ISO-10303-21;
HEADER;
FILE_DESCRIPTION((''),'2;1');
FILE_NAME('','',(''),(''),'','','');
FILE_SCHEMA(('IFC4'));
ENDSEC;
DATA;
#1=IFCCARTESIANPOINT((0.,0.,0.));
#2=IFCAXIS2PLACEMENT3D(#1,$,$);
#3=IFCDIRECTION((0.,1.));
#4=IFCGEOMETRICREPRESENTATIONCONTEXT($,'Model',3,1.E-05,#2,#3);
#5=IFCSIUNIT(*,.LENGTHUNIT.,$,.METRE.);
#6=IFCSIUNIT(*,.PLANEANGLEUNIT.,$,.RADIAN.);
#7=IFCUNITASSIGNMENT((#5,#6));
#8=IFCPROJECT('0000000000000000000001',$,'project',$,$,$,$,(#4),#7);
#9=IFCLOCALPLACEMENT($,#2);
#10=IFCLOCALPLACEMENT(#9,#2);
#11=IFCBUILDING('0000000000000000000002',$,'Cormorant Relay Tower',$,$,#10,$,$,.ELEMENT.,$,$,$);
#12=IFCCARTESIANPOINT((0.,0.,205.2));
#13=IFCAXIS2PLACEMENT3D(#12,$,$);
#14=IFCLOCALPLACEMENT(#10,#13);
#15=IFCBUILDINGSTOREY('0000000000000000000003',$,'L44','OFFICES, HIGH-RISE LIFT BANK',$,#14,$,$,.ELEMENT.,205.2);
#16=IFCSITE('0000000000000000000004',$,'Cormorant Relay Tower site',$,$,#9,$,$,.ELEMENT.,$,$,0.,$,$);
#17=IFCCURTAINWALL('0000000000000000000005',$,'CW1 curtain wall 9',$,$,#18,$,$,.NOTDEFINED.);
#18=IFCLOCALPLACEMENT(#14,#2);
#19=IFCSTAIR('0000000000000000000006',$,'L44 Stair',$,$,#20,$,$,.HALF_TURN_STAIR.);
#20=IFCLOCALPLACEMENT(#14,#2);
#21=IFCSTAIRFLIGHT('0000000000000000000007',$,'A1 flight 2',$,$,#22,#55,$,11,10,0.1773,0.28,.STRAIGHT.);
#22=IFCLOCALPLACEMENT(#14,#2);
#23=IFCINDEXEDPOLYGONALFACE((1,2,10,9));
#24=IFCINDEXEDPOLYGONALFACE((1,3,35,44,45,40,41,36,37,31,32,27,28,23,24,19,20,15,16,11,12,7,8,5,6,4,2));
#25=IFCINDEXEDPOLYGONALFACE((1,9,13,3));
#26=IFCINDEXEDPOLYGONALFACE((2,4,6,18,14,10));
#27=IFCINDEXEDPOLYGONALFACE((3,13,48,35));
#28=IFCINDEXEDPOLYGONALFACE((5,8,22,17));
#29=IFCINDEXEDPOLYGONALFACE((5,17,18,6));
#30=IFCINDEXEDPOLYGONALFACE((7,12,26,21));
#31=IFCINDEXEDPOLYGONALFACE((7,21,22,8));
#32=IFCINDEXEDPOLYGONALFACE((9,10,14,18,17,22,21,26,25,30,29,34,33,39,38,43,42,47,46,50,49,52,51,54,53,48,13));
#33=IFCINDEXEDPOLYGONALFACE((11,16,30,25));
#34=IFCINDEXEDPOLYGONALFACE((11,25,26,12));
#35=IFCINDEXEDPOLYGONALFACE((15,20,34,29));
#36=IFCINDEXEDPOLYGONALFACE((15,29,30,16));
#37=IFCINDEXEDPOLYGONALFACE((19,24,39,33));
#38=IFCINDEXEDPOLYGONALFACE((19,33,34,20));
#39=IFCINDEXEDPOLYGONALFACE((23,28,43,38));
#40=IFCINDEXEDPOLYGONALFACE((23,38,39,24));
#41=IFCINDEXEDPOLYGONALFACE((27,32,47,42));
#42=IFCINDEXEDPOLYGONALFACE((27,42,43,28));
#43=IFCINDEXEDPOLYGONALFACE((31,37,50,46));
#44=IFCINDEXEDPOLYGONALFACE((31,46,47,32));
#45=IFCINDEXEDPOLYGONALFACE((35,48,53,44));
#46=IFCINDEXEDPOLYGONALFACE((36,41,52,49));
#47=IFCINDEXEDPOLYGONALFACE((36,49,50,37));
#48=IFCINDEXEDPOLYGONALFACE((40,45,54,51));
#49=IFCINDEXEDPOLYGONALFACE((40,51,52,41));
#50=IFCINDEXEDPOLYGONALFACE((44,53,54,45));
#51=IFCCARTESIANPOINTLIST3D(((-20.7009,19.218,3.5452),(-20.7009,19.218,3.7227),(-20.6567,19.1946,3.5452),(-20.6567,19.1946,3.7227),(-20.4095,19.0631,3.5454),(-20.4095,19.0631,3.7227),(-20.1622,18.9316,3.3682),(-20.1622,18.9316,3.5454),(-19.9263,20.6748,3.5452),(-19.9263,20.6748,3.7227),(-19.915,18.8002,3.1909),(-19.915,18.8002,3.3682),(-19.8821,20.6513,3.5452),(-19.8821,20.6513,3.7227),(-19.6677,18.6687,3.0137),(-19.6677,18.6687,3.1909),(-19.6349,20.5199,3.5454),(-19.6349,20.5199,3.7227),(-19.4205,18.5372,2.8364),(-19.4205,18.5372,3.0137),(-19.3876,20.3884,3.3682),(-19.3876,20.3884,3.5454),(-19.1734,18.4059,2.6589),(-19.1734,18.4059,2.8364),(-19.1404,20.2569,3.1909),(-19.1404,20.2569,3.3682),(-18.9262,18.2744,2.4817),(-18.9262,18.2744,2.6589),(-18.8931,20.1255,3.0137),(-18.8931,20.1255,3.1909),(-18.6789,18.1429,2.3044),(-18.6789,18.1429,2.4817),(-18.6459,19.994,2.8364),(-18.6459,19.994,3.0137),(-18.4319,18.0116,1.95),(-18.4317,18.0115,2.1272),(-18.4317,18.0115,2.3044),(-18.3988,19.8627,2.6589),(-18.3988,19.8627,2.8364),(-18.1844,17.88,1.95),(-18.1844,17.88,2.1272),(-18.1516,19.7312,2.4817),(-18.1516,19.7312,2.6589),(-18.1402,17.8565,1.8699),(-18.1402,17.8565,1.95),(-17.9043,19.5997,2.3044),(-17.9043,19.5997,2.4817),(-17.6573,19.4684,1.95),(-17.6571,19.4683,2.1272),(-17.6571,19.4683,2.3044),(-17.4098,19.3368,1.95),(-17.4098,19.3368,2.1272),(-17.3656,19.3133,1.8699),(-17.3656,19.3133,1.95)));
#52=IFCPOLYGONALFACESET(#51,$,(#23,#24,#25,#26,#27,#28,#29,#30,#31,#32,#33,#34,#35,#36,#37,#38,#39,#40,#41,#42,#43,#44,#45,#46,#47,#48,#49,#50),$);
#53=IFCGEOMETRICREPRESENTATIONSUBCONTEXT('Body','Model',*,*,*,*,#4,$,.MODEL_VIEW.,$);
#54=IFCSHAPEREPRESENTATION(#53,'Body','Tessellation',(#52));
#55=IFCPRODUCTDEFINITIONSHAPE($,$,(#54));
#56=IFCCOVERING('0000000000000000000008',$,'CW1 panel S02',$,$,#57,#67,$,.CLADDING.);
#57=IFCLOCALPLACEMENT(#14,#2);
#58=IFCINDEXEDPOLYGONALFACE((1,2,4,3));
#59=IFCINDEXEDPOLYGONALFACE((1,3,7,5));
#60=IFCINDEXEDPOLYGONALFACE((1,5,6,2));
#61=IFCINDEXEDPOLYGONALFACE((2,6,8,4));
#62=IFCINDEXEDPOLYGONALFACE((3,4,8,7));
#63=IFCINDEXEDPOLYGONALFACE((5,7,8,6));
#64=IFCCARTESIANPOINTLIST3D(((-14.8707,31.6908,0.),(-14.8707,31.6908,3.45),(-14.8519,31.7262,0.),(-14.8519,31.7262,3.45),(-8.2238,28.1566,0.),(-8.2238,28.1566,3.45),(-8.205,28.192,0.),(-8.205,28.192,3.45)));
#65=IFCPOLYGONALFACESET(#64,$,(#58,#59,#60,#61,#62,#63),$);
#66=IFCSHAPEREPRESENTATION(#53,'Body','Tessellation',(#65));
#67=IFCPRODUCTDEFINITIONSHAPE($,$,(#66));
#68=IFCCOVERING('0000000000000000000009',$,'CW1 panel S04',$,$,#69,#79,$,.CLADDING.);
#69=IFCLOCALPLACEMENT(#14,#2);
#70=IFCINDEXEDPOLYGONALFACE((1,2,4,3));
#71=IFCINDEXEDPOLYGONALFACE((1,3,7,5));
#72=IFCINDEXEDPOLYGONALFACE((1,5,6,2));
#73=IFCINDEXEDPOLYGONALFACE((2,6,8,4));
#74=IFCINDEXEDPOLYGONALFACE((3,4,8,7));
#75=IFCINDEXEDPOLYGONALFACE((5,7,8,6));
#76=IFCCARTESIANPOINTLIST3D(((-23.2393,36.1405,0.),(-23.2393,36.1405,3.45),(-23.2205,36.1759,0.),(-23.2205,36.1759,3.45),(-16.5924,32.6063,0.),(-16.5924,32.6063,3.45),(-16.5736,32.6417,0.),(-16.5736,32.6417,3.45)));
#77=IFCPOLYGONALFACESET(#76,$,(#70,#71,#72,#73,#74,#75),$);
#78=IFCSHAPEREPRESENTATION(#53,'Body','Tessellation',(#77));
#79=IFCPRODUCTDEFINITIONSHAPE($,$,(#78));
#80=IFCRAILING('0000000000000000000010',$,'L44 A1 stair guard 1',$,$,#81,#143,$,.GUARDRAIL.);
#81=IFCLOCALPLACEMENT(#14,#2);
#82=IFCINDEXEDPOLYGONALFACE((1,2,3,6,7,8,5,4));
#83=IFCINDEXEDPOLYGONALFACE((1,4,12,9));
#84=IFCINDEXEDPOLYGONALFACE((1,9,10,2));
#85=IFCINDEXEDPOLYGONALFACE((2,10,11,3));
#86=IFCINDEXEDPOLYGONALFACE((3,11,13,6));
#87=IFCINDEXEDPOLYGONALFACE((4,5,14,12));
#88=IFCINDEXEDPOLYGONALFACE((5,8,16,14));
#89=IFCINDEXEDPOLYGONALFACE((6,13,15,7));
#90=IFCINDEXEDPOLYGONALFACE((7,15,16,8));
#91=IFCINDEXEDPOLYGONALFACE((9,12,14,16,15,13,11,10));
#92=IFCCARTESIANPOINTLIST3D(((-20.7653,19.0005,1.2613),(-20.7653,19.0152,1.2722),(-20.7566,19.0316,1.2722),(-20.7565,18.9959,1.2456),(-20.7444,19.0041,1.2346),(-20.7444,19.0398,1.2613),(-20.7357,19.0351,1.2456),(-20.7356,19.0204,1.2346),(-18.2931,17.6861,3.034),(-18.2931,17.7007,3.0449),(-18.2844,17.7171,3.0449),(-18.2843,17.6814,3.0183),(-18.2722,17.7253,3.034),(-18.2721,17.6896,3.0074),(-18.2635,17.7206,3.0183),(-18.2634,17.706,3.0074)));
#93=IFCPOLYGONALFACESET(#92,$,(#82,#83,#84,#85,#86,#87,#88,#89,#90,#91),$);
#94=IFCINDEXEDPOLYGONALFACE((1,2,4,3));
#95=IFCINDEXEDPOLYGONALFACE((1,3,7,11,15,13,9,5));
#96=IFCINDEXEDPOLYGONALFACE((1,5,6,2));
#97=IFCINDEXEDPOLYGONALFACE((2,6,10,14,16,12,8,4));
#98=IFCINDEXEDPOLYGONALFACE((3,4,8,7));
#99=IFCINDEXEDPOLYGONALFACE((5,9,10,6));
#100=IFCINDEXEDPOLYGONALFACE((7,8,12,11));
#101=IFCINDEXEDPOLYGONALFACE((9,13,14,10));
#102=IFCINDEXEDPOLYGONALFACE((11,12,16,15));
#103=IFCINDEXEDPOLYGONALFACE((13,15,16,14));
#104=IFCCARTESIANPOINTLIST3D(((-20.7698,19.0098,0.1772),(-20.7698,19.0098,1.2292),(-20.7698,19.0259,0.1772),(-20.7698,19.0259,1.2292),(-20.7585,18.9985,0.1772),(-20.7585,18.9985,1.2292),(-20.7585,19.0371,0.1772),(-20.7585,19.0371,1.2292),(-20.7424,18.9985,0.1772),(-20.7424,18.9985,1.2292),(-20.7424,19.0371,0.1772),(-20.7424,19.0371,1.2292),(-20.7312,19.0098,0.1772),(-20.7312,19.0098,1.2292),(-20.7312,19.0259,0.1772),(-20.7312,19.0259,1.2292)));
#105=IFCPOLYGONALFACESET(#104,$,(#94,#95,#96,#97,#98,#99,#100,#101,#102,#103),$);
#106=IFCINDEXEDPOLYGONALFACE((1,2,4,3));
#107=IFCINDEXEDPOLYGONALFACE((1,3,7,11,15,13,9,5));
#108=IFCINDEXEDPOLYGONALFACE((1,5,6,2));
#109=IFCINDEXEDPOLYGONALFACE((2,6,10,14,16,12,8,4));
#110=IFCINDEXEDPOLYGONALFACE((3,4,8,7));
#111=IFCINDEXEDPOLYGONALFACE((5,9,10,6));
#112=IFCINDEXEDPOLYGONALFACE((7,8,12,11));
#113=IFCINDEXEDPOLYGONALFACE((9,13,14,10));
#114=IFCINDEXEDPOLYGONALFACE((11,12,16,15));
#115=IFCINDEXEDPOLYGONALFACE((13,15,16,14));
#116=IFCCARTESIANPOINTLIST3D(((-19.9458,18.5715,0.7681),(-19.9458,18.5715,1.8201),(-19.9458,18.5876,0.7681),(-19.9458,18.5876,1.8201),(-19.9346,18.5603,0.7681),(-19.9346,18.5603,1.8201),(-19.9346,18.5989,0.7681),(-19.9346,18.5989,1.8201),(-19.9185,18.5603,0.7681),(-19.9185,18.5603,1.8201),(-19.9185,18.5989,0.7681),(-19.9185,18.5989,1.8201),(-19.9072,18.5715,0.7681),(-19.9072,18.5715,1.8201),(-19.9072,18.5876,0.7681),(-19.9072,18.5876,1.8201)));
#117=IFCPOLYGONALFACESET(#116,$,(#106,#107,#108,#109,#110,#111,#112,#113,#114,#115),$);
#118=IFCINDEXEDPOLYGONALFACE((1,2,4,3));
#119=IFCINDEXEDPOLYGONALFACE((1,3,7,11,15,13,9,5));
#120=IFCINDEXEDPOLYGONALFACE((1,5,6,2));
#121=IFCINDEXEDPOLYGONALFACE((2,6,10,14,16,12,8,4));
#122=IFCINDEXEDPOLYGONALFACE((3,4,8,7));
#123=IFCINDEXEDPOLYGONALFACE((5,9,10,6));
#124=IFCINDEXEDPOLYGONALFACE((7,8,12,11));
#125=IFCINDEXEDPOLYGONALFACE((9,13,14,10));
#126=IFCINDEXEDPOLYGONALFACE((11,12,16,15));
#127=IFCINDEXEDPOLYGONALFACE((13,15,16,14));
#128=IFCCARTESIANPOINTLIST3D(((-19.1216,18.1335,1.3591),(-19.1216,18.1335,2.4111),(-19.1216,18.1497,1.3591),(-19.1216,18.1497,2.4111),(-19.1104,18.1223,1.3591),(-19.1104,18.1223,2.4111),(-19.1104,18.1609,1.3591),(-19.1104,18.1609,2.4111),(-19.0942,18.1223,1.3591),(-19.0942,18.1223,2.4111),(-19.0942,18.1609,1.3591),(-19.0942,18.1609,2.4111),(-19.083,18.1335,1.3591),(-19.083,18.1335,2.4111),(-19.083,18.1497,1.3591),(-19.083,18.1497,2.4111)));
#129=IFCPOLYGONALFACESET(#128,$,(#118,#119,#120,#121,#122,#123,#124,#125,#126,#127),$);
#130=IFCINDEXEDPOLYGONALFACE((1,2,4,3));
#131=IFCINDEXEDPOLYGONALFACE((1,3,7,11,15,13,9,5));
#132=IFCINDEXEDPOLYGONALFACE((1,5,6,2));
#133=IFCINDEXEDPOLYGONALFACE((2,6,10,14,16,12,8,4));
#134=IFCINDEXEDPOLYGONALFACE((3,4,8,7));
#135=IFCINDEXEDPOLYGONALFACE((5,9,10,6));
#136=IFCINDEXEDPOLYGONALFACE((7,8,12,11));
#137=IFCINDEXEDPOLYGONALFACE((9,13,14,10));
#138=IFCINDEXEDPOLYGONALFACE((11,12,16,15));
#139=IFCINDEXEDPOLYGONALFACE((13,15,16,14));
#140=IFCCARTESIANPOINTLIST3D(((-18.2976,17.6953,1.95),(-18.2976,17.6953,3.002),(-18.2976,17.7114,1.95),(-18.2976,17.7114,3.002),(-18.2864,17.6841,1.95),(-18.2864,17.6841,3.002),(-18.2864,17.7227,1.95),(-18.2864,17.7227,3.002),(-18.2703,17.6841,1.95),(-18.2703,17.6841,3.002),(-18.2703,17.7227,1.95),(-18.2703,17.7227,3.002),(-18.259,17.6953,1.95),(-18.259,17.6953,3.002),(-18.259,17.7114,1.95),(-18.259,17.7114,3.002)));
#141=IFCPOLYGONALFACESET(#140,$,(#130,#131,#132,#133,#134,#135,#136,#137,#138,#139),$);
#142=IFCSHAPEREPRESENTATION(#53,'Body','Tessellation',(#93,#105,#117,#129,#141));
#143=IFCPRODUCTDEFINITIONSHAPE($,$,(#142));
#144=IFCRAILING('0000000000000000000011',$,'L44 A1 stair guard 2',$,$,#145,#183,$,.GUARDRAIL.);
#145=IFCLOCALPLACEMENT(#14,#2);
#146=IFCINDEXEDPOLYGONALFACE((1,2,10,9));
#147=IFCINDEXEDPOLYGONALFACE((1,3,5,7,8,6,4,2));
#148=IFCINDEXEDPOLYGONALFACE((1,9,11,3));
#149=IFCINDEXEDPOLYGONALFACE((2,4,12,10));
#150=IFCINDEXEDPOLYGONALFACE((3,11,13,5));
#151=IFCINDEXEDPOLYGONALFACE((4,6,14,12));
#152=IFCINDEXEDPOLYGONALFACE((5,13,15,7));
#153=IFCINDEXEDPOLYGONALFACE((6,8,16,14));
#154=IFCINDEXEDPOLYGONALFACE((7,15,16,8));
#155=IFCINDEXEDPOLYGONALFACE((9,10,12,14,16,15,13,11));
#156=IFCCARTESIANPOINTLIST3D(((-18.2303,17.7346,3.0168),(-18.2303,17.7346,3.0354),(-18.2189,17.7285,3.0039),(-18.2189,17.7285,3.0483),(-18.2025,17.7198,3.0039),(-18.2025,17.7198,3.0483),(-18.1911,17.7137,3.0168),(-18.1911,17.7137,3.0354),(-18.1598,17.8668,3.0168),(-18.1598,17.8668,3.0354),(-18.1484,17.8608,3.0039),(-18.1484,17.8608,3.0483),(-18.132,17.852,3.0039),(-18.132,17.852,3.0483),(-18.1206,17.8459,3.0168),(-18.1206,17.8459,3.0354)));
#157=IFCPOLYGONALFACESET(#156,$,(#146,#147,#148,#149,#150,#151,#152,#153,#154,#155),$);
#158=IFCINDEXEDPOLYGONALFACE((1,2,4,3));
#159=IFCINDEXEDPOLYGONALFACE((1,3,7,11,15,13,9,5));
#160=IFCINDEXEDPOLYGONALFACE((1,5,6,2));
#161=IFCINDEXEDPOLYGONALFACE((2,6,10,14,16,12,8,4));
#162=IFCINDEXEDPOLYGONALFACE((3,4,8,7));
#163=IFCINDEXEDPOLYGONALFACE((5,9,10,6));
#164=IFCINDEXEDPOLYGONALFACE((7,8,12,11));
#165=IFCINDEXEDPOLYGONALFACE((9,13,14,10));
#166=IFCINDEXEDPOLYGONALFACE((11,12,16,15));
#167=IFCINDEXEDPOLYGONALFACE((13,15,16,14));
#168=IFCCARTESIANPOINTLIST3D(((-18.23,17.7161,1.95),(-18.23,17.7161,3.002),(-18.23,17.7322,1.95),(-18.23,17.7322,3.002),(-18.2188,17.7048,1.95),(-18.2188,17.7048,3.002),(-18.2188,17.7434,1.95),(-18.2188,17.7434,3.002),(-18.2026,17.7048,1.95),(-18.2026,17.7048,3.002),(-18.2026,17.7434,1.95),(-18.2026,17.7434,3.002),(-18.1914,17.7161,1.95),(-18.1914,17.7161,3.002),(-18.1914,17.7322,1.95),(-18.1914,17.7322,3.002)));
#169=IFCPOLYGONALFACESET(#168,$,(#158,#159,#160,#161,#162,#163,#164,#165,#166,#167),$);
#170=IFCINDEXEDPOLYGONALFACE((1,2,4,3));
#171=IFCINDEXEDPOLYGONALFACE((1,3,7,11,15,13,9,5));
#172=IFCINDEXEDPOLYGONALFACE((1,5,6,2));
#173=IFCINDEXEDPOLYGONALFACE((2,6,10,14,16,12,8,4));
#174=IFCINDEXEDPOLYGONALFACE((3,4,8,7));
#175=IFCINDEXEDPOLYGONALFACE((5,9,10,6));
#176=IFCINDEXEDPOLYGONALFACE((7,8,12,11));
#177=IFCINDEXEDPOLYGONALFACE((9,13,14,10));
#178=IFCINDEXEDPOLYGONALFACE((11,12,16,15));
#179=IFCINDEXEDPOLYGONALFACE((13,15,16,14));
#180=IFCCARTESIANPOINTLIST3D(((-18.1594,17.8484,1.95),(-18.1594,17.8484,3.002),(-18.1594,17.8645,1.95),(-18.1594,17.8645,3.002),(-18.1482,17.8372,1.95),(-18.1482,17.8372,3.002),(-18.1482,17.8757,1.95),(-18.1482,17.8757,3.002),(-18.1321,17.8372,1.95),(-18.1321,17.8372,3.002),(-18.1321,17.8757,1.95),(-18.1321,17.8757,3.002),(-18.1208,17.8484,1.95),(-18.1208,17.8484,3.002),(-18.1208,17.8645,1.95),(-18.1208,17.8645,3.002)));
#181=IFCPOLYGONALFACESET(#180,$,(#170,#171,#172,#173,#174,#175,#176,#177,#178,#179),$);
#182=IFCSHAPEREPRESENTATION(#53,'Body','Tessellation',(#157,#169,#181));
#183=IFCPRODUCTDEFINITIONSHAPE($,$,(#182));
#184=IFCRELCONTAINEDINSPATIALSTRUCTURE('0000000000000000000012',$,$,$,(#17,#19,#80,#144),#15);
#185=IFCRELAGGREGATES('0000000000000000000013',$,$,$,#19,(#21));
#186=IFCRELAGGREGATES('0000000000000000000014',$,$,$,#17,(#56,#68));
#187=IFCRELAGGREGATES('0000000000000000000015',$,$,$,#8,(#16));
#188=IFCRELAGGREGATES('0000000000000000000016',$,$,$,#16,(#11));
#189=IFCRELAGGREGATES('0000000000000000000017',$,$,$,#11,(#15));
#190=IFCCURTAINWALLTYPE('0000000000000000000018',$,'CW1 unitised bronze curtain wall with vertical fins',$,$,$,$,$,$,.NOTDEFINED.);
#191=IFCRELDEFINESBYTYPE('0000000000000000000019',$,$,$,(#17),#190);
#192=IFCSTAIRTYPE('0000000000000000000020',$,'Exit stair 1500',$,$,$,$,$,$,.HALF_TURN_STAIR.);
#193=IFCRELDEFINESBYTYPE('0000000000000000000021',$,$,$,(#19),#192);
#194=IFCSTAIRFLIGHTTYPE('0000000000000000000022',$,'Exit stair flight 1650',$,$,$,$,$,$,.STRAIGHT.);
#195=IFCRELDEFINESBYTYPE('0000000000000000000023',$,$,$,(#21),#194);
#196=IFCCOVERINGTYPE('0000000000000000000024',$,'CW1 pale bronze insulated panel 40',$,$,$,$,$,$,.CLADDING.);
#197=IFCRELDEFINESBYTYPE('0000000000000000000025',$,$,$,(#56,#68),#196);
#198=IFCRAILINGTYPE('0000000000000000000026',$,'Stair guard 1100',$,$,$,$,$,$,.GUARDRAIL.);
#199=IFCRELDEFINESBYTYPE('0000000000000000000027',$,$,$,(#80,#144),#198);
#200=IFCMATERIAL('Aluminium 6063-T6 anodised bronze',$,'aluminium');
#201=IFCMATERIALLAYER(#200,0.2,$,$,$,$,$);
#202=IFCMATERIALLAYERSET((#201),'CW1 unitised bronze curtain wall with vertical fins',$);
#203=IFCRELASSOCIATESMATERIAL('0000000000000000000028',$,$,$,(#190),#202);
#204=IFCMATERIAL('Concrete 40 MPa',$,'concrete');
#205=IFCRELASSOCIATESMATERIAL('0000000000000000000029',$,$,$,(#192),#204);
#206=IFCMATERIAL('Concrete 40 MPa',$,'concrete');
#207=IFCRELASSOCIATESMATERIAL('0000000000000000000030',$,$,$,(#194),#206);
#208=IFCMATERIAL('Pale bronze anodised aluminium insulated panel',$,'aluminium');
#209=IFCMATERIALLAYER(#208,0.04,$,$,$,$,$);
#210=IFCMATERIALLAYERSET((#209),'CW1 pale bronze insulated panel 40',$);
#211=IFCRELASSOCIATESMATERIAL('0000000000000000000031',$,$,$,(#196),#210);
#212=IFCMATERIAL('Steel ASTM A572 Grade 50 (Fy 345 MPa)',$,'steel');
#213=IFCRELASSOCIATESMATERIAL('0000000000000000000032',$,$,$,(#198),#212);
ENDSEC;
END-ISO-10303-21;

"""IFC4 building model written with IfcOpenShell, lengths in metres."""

from ifc_helpers import new_model, si_unit, direction, frame, origin, origin_2d, place, context, subcontext, project, spatial, polyline, rectangle, outline, extrude, material, layer, layer_set, type_object, element, aggregate, save


model = new_model("IFC4")

# Units and contexts
model_context = context("Model", 3, precision=1e-05, world=origin(), true_north=direction((0.0, 1.0)))
body_context = subcontext(model_context, "Body", "Model", "MODEL_VIEW")
ifc_project = project(units=[si_unit("LENGTHUNIT", "METRE"), si_unit("PLANEANGLEUNIT", "RADIAN")], contexts=[model_context])

# Site, building, storey
site_placement = place(None, origin())
site = spatial("IfcSite", under=ifc_project, at=site_placement, Name="Cormorant Relay Tower site", CompositionType="ELEMENT", RefElevation=0.0)
building_placement = place(site_placement, origin())
building = spatial("IfcBuilding", under=site, at=building_placement, Name="Cormorant Relay Tower", CompositionType="ELEMENT")
storey_placement = place(building_placement, frame((0.0, 0.0, 205.2)))
storey = spatial("IfcBuildingStorey", under=building, at=storey_placement, Name="L44", Description="OFFICES, HIGH-RISE LIFT BANK", CompositionType="ELEMENT", Elevation=205.2)

# Curtain wall
ifc_material_1 = material(Name="Aluminium 6063-T6 anodised bronze", Category="aluminium")
ifc_layer_1 = layer(ifc_material_1, 0.2)
ifc_layer_set_1 = layer_set([ifc_layer_1], Name="CW1 unitised bronze curtain wall with vertical fins")
curtain_wall_type = type_object("IfcCurtainWallType", Name="CW1 unitised bronze curtain wall with vertical fins", PredefinedType="NOTDEFINED", material=ifc_layer_set_1)
curtain_wall_placement = place(storey_placement, origin())
curtain_wall = element("IfcCurtainWall", 1, at=curtain_wall_placement, inside=storey, type_object=curtain_wall_type, Name="CW1 curtain wall 9", PredefinedType="NOTDEFINED")

# Stair, stair flight
ifc_material_2 = material(Name="Concrete 40 MPa", Category="concrete")
stair_type = type_object("IfcStairType", Name="Exit stair 1500", PredefinedType="HALF_TURN_STAIR", material=ifc_material_2)
stair_placement = place(storey_placement, origin())
stair = element("IfcStair", 2, at=stair_placement, inside=storey, type_object=stair_type, Name="L44 Stair", PredefinedType="HALF_TURN_STAIR")
ifc_material_3 = material(Name="Concrete 40 MPa", Category="concrete")
stair_flight_type = type_object("IfcStairFlightType", Name="Exit stair flight 1650", PredefinedType="STRAIGHT", material=ifc_material_3)
stair_flight_1_placement = place(storey_placement, frame((-17.7971, 18.6084, 1.95), z_axis=(0.0, 0.0, 1.0), x_axis=(-0.882948, 0.469472, 0.0)))
stair_flight_1 = element("IfcStairFlight", 3, at=stair_flight_1_placement, type_object=stair_flight_type, Name="A1 flight 2", NumberOfRisers=11, NumberOfTreads=10, PredefinedType="STRAIGHT", RiserHeight=0.1773, TreadLength=0.28, context=body_context, shape_type="SweptSolid", body=[
    extrude(outline(polyline([(-0.05, -0.0801), (-0.05, 0.0), (0.0, 0.0), (0.0, 0.1772), (0.28, 0.1772), (0.28, 0.3545), (0.5601, 0.3545), (0.5601, 0.5317), (0.8401, 0.5317), (0.8401, 0.709), (1.1201, 0.709), (1.1201, 0.8865), (1.3999, 0.8865), (1.3999, 1.0637), (1.6799, 1.0637), (1.6799, 1.241), (1.96, 1.241), (1.96, 1.4182), (2.24, 1.4182), (2.24, 1.5955), (2.52, 1.5955), (2.52, 1.7727), (2.8, 1.7727), (2.8501, 1.7727), (2.8501, 1.5952), (2.8, 1.5952), (0.2803, 0.0), (-0.05, -0.0801)])), frame((0.0, 0.825, 0.0), z_axis=(0.0, -1.0, 0.0), x_axis=(1.0, 0.0, 0.0)), (0.0, 0.0, 1.0), 1.6499),
])
aggregate(stair, [stair_flight_1])

# Coverings
ifc_material_4 = material(Name="Pale bronze anodised aluminium insulated panel", Category="aluminium")
ifc_layer_2 = layer(ifc_material_4, 0.04)
ifc_layer_set_2 = layer_set([ifc_layer_2], Name="CW1 pale bronze insulated panel 40")
covering_type = type_object("IfcCoveringType", Name="CW1 pale bronze insulated panel 40", PredefinedType="CLADDING", material=ifc_layer_set_2)
covering_1_placement = place(storey_placement, frame((-11.5378, 29.9414, 0.0), z_axis=(0.0, 0.0, 1.0), x_axis=(-0.882948, 0.469472, 0.0)))
covering_1 = element("IfcCovering", 4, at=covering_1_placement, type_object=covering_type, Name="CW1 panel S02", PredefinedType="CLADDING", context=body_context, shape_type="SweptSolid", body=[
    extrude(rectangle(XDim=7.5281, YDim=0.04, at=origin_2d()), origin(), (0.0, 0.0, 1.0), 3.45),
])
covering_2_placement = place(storey_placement, frame((-19.9065, 34.3911, 0.0), z_axis=(0.0, 0.0, 1.0), x_axis=(-0.882948, 0.469472, 0.0)))
covering_2 = element("IfcCovering", 5, at=covering_2_placement, type_object=covering_type, Name="CW1 panel S04", PredefinedType="CLADDING", context=body_context, shape_type="SweptSolid", body=[
    extrude(rectangle(XDim=7.5281, YDim=0.04, at=origin_2d()), origin(), (0.0, 0.0, 1.0), 3.45),
])
aggregate(curtain_wall, [covering_1, covering_2])

# Railings
ifc_material_5 = material(Name="Steel ASTM A572 Grade 50 (Fy 345 MPa)", Category="steel")
railing_type_1 = type_object("IfcRailingType", Name="Stair guard 1100", PredefinedType="GUARDRAIL", material=ifc_material_5)
railing_1_placement = place(storey_placement, frame((-20.7505, 19.0178, 0.1772)))
element("IfcRailing", 6, at=railing_1_placement, inside=storey, type_object=railing_type_1, Name="L44 A1 stair guard 1", PredefinedType="GUARDRAIL", context=body_context, shape_type="SweptSolid", body=[
    extrude(outline(polyline([(0.0222, 0.0093), (0.0093, 0.0222), (-0.0093, 0.0222), (-0.0222, 0.0093), (-0.0222, -0.0093), (-0.0093, -0.0222), (0.0093, -0.0222), (0.0222, -0.0093), (0.0222, 0.0093)])), frame((0.0, 0.0, 1.0762), z_axis=(0.746001, -0.396649, 0.534931), x_axis=(0.469465, 0.882951, 0.0)), (0.0, 0.0, 1.0), 3.314),
    extrude(outline(polyline([(0.0193, 0.0081), (0.0081, 0.0193), (-0.0081, 0.0193), (-0.0193, 0.0081), (-0.0193, -0.0081), (-0.0081, -0.0193), (0.0081, -0.0193), (0.0193, -0.0081), (0.0193, 0.0081)])), origin(), (0.0, 0.0, 1.0), 1.052),
    extrude(outline(polyline([(0.0193, 0.0081), (0.0081, 0.0193), (-0.0081, 0.0193), (-0.0193, 0.0081), (-0.0193, -0.0081), (-0.0081, -0.0193), (0.0081, -0.0193), (0.0193, -0.0081), (0.0193, 0.0081)])), frame((0.824, -0.4382, 0.5908)), (0.0, 0.0, 1.0), 1.052),
    extrude(outline(polyline([(0.0193, 0.0081), (0.0081, 0.0193), (-0.0081, 0.0193), (-0.0193, 0.0081), (-0.0193, -0.0081), (-0.0081, -0.0193), (0.0081, -0.0193), (0.0193, -0.0081), (0.0193, 0.0081)])), frame((1.6482, -0.8762, 1.1819)), (0.0, 0.0, 1.0), 1.052),
    extrude(outline(polyline([(0.0193, 0.0081), (0.0081, 0.0193), (-0.0081, 0.0193), (-0.0193, 0.0081), (-0.0193, -0.0081), (-0.0081, -0.0193), (0.0081, -0.0193), (0.0193, -0.0081), (0.0193, 0.0081)])), frame((2.4722, -1.3145, 1.7727)), (0.0, 0.0, 1.0), 1.052),
])
railing_2_placement = place(storey_placement, frame((-18.2107, 17.7241, 1.95)))
element("IfcRailing", 7, at=railing_2_placement, inside=storey, type_object=railing_type_1, Name="L44 A1 stair guard 2", PredefinedType="GUARDRAIL", context=body_context, shape_type="SweptSolid", body=[
    extrude(outline(polyline([(0.0222, 0.0093), (0.0093, 0.0222), (-0.0093, 0.0222), (-0.0222, 0.0093), (-0.0222, -0.0093), (-0.0093, -0.0222), (0.0093, -0.0222), (0.0222, -0.0093), (0.0222, 0.0093)])), frame((0.0, 0.0, 1.0762), z_axis=(0.470504, 0.882398, 0.0), x_axis=(-0.882398, 0.470504, 0.0)), (0.0, 0.0, 1.0), 0.1499),
    extrude(outline(polyline([(0.0193, 0.0081), (0.0081, 0.0193), (-0.0081, 0.0193), (-0.0193, 0.0081), (-0.0193, -0.0081), (-0.0081, -0.0193), (0.0081, -0.0193), (0.0193, -0.0081), (0.0193, 0.0081)])), origin(), (0.0, 0.0, 1.0), 1.052),
    extrude(outline(polyline([(0.0193, 0.0081), (0.0081, 0.0193), (-0.0081, 0.0193), (-0.0193, 0.0081), (-0.0193, -0.0081), (-0.0081, -0.0193), (0.0081, -0.0193), (0.0193, -0.0081), (0.0193, 0.0081)])), frame((0.0706, 0.1323, 0.0)), (0.0, 0.0, 1.0), 1.052),
])

save(model, "model.ifc")
